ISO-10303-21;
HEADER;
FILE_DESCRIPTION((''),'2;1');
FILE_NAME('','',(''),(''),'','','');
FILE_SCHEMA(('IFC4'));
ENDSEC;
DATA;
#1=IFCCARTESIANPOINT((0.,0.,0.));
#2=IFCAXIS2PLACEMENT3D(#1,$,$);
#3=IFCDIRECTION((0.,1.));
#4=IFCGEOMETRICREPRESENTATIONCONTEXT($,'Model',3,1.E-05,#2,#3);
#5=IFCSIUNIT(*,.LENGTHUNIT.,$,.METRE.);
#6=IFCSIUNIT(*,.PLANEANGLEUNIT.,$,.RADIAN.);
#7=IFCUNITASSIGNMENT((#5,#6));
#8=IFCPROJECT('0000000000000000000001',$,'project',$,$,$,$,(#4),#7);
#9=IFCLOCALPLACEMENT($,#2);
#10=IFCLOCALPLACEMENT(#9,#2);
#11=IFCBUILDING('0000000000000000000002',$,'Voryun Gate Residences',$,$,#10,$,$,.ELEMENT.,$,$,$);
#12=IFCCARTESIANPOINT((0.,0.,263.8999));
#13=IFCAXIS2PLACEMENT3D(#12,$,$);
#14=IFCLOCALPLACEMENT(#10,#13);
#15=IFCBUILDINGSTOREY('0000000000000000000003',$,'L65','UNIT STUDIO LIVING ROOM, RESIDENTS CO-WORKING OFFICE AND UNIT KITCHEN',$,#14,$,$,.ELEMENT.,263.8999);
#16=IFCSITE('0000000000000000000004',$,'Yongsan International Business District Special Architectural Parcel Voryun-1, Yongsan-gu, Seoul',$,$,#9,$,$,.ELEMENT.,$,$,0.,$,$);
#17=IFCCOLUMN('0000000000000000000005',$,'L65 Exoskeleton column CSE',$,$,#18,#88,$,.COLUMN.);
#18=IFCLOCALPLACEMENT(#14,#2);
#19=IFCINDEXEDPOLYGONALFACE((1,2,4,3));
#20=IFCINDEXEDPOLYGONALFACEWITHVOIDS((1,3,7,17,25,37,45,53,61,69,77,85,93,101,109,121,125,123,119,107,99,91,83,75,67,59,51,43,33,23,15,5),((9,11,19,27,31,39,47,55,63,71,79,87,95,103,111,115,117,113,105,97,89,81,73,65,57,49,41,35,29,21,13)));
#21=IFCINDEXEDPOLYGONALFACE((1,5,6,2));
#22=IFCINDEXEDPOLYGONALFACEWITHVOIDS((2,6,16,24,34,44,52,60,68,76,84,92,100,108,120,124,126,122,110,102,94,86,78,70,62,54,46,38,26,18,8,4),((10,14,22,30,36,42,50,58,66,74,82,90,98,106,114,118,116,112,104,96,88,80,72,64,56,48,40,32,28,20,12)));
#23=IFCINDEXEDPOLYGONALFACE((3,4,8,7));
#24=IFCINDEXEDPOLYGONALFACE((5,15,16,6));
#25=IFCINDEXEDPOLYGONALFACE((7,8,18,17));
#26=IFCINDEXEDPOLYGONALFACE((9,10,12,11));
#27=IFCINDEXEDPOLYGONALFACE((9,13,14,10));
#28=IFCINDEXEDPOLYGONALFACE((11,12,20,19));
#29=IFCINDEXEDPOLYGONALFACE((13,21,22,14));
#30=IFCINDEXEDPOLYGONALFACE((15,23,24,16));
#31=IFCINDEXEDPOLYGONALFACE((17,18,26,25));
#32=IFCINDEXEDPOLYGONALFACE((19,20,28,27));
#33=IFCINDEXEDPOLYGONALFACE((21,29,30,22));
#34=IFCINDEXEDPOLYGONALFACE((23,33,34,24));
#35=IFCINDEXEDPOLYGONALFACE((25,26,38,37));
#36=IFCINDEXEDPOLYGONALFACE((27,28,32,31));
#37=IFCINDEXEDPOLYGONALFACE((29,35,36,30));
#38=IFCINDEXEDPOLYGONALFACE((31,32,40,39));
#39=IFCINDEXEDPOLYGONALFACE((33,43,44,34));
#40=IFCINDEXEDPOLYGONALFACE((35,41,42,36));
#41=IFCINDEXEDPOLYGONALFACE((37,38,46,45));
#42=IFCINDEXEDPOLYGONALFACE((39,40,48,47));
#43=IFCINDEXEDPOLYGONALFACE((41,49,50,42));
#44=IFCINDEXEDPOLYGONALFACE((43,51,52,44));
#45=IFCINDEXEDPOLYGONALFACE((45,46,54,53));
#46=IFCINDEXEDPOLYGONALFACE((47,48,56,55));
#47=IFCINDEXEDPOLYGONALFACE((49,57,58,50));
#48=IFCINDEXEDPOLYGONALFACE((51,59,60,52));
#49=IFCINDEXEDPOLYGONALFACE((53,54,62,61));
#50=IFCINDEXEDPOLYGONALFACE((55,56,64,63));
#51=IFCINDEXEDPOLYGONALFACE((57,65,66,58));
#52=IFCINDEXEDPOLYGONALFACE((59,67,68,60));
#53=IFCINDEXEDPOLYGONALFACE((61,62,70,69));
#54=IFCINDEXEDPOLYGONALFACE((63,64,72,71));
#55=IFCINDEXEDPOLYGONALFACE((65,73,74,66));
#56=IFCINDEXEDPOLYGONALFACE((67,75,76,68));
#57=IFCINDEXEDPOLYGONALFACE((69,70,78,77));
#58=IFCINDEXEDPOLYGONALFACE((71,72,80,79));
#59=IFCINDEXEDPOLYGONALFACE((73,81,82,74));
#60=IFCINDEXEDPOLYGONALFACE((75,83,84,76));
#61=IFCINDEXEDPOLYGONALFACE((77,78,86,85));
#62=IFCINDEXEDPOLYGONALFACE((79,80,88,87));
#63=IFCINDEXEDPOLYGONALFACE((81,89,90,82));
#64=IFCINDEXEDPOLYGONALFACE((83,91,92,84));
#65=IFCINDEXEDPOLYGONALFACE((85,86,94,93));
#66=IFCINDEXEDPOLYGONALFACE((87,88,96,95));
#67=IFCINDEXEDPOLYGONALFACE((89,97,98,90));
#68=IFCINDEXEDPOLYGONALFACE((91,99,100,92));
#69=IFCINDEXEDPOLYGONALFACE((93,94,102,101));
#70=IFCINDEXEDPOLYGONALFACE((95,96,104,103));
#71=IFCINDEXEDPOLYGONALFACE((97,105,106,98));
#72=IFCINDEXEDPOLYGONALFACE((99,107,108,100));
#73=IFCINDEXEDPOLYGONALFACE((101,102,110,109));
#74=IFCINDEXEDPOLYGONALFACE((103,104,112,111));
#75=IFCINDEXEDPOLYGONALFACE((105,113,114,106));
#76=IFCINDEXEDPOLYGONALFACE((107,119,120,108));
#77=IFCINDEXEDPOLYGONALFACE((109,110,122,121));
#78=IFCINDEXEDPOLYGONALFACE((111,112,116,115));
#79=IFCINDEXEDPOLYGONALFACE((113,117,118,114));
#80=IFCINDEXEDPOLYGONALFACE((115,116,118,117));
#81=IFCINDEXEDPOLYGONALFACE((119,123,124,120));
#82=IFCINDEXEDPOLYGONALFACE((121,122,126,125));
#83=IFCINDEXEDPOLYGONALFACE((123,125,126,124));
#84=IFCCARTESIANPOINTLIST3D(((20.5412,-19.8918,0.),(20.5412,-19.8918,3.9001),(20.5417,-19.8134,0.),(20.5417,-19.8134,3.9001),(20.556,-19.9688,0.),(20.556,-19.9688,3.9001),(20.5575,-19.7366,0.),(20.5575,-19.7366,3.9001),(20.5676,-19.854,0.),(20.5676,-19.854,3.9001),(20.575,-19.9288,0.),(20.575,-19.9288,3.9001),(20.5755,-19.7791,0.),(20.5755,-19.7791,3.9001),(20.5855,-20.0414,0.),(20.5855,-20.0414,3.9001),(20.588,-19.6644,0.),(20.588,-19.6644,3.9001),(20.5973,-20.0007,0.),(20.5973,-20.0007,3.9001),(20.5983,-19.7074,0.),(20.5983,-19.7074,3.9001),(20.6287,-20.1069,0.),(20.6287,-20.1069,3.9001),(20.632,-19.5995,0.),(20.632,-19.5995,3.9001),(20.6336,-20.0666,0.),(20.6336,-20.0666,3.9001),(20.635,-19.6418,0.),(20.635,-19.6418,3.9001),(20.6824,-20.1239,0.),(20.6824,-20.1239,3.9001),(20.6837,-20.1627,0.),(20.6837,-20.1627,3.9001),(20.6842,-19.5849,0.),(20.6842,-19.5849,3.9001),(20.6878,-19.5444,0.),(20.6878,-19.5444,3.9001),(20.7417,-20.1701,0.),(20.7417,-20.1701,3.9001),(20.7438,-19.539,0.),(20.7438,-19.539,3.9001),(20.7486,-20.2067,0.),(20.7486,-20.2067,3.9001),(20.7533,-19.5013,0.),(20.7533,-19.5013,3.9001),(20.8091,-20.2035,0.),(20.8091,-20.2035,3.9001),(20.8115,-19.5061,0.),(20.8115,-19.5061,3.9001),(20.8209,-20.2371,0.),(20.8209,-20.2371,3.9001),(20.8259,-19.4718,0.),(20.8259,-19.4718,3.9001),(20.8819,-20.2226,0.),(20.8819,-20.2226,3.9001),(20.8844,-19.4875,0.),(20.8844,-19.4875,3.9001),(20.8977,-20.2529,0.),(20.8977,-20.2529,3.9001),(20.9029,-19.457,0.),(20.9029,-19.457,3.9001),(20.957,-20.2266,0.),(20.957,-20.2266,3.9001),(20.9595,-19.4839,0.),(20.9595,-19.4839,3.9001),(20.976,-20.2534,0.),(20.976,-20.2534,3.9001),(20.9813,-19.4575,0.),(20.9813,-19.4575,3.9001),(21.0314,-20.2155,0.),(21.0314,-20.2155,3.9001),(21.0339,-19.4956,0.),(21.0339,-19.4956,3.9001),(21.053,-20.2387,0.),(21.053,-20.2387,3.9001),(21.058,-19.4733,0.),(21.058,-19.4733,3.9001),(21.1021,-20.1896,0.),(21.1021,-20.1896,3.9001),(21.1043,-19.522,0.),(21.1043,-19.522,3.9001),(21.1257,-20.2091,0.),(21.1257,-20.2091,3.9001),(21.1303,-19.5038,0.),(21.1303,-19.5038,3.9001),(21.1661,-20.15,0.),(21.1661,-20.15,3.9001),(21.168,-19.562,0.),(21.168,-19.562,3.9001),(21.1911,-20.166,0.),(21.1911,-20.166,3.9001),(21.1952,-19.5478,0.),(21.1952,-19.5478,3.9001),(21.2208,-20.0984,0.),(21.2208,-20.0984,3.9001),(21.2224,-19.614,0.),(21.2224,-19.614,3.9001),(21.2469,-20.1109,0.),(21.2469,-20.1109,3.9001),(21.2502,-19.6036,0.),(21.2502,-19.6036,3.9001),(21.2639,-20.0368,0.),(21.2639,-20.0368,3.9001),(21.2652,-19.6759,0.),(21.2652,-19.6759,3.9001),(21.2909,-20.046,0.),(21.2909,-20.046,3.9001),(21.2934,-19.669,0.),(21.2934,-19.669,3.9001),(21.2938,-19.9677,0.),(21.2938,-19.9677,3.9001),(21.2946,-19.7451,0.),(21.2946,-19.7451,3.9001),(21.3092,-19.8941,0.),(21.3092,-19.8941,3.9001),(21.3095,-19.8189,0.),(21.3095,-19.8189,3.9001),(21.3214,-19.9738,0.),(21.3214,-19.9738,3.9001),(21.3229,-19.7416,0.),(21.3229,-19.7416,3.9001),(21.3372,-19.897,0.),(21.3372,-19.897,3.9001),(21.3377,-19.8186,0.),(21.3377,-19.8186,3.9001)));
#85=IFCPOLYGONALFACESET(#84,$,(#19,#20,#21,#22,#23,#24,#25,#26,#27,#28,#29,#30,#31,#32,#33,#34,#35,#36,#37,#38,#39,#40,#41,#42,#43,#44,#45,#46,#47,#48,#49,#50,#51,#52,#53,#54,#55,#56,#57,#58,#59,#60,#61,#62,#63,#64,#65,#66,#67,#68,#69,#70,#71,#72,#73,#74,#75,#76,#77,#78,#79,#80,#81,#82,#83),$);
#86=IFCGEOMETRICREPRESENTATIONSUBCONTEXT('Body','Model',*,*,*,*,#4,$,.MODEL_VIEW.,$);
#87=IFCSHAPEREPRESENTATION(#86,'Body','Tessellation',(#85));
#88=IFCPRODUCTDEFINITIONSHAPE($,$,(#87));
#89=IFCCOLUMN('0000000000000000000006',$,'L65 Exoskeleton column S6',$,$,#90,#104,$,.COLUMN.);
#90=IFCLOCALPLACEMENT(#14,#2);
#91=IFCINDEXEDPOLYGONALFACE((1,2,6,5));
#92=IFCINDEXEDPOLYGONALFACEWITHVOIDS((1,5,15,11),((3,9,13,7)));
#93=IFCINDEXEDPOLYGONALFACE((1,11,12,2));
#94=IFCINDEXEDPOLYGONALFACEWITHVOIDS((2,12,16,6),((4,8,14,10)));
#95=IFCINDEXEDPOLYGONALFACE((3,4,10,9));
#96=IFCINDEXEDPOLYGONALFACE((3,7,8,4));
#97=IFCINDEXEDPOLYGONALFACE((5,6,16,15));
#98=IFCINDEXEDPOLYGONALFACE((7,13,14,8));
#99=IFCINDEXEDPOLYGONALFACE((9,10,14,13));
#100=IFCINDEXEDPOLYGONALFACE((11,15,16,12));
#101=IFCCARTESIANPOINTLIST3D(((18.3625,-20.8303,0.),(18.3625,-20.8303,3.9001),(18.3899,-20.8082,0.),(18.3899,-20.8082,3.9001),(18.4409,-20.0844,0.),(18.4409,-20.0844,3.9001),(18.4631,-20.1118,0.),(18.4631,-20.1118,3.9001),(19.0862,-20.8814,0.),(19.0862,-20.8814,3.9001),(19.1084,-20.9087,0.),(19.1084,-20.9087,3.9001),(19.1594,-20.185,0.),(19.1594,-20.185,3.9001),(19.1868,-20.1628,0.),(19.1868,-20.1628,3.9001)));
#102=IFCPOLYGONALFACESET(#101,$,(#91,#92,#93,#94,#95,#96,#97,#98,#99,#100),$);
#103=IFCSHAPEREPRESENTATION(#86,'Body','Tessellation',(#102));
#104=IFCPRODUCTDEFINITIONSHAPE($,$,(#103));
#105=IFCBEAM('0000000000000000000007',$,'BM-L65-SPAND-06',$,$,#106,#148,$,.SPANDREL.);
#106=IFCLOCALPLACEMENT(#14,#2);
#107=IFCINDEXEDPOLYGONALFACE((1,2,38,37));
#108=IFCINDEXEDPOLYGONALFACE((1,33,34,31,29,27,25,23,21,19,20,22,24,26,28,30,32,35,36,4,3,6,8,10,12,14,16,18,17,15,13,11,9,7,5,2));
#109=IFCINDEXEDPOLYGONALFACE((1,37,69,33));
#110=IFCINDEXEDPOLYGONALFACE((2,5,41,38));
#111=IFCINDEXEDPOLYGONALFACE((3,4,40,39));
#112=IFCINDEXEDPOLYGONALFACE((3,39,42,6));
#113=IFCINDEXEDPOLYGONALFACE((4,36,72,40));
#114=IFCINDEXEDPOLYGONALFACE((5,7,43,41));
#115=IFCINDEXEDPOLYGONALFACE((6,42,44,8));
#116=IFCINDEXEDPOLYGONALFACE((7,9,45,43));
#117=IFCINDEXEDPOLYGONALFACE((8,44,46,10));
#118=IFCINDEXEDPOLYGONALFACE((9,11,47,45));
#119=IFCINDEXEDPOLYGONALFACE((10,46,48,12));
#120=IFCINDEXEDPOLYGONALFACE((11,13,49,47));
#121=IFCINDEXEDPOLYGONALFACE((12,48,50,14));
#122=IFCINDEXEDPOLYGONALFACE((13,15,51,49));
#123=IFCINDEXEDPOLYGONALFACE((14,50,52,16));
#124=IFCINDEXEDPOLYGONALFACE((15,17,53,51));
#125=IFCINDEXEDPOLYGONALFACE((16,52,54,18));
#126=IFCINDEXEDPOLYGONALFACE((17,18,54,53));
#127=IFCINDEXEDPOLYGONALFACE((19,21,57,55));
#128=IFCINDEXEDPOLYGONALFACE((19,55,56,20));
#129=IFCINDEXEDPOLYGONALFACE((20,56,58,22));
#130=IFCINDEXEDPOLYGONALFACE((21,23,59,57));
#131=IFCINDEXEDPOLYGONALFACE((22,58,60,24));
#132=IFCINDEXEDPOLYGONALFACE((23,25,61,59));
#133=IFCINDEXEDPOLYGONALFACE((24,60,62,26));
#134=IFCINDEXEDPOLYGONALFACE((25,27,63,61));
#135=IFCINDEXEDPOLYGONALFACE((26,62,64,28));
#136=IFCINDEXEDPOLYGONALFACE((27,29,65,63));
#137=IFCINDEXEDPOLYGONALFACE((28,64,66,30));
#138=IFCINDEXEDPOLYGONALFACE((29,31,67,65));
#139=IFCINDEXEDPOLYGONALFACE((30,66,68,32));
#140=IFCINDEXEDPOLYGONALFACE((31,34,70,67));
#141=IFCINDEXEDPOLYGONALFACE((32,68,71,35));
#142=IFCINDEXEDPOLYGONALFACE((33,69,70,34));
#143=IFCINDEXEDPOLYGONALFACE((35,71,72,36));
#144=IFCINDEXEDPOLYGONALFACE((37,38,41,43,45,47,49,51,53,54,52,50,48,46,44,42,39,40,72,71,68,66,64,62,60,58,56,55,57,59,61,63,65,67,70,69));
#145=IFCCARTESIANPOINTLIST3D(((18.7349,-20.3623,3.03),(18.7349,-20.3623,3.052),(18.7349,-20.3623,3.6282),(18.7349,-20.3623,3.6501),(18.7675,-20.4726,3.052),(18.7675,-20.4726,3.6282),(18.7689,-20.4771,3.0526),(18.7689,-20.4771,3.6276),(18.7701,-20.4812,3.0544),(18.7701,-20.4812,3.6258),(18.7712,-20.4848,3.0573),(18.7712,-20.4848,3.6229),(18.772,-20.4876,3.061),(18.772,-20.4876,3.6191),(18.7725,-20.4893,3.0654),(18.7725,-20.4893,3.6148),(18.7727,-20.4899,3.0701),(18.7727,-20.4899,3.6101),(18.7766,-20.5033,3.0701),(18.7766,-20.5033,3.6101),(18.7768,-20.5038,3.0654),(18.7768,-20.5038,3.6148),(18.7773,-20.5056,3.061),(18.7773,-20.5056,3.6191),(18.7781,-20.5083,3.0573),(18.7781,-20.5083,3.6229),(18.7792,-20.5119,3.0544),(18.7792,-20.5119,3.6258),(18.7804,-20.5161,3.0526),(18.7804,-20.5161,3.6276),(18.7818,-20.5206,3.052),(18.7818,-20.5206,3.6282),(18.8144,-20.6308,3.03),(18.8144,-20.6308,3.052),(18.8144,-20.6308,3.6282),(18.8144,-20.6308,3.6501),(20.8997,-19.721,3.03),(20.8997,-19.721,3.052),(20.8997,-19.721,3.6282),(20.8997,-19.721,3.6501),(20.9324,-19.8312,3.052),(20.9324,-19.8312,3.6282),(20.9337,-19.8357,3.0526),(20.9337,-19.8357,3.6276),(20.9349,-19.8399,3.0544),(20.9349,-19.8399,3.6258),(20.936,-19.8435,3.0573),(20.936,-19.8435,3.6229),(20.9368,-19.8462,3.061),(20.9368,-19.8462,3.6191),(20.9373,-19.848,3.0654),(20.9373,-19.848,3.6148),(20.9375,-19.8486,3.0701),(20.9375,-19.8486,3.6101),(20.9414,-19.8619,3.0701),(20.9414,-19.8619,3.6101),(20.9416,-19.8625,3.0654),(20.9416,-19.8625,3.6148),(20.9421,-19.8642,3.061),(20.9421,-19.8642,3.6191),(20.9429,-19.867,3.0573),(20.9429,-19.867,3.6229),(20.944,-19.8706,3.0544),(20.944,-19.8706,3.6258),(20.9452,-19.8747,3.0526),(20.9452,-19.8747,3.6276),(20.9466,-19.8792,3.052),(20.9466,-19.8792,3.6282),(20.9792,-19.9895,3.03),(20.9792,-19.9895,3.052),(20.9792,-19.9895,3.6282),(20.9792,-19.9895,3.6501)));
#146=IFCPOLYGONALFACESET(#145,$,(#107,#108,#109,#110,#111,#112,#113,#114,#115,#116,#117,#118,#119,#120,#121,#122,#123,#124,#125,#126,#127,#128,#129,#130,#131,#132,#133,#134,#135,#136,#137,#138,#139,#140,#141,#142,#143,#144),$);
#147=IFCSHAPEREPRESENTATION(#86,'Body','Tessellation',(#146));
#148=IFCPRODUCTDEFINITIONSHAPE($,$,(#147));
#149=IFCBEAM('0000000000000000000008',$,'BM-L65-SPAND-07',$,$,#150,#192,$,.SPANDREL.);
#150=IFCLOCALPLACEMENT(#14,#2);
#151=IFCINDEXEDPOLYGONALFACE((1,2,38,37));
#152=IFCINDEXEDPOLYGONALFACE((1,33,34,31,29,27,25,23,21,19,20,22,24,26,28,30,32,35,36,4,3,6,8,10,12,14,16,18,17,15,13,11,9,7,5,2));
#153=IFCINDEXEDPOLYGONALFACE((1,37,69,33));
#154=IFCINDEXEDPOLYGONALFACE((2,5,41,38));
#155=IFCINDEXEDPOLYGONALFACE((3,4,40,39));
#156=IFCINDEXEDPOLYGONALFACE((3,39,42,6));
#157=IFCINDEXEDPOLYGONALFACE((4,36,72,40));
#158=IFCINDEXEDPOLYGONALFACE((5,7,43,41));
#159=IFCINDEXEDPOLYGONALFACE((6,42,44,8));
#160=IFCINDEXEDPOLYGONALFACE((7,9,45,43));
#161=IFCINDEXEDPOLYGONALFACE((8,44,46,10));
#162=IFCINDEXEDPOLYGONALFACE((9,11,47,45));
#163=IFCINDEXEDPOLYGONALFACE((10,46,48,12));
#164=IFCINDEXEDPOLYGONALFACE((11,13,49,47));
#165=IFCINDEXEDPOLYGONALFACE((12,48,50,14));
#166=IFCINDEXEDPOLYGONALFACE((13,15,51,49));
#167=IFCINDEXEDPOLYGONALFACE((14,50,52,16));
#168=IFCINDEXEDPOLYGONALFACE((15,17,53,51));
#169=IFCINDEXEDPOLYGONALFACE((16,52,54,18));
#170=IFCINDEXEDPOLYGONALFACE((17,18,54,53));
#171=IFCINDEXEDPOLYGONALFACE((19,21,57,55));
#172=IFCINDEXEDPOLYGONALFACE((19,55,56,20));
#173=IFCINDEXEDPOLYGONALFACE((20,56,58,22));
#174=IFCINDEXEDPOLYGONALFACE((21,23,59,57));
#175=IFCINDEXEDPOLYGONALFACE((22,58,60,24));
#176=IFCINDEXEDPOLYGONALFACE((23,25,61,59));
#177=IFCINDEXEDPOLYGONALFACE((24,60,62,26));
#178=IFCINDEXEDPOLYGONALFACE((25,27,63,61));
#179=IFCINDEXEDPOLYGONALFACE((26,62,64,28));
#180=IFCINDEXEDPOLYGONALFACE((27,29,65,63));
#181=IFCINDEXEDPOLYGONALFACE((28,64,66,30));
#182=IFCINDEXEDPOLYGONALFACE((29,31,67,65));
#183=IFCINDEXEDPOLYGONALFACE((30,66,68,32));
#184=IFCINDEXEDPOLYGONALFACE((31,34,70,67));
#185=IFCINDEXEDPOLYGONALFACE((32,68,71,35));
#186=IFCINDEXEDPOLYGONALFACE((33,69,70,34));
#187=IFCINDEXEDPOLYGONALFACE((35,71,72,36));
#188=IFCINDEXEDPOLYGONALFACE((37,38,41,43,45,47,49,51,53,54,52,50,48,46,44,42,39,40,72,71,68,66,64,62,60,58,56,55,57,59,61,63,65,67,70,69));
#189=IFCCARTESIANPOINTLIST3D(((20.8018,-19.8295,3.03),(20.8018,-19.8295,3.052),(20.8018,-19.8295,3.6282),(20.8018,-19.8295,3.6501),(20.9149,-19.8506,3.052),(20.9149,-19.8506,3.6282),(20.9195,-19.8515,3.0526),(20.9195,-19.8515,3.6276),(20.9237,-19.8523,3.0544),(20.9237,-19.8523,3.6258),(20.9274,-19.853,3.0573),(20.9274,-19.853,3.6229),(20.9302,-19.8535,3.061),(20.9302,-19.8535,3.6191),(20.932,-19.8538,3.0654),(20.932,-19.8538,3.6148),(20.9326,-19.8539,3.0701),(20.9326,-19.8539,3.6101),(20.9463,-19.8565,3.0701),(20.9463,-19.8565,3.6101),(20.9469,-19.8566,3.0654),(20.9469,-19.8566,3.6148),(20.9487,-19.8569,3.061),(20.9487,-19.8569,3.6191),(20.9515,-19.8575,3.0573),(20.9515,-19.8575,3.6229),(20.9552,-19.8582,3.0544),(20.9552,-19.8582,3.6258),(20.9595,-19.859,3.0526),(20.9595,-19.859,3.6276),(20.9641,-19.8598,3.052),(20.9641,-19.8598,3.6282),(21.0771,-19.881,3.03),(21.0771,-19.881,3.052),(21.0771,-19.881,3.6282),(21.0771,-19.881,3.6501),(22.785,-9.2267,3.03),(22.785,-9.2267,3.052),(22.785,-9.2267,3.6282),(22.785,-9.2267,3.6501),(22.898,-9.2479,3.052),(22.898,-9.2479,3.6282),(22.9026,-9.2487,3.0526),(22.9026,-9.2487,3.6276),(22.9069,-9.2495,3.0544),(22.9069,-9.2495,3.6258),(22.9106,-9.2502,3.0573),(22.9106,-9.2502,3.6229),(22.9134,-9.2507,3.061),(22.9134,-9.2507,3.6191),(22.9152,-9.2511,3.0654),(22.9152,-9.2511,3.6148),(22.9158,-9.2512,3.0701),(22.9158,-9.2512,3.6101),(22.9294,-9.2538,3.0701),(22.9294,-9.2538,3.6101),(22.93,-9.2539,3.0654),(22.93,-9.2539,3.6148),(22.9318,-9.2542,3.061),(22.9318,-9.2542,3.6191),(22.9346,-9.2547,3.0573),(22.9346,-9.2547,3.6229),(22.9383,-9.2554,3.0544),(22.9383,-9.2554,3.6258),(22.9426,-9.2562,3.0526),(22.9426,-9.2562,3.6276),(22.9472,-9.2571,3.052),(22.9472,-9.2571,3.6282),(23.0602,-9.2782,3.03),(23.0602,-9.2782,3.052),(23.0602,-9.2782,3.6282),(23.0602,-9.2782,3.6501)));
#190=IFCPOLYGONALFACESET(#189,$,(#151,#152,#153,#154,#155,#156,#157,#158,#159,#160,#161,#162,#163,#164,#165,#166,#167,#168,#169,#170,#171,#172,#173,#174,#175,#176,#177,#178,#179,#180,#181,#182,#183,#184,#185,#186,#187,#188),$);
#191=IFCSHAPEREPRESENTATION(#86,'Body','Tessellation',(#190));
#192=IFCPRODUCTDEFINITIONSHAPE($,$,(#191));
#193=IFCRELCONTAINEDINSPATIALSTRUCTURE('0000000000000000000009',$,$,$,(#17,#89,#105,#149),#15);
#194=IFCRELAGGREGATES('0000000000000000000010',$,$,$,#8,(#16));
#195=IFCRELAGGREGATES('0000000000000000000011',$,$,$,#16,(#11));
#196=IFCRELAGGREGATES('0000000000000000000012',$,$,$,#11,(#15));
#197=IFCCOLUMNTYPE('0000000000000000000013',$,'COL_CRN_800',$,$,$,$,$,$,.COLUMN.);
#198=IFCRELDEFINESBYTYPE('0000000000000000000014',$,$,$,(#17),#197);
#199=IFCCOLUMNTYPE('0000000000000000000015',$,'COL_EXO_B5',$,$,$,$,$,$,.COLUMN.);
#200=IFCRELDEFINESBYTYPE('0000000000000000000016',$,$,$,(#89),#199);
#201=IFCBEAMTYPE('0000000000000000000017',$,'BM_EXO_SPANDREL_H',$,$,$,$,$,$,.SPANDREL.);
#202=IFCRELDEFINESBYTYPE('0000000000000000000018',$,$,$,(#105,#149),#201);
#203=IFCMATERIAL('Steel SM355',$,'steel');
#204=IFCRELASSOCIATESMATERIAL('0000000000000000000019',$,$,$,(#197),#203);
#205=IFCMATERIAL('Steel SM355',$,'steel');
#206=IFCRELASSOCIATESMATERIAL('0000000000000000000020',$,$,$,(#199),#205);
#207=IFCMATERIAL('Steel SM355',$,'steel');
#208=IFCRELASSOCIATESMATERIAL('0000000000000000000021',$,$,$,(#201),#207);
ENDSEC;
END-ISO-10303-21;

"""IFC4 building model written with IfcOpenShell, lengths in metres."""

from ifc_helpers import new_model, si_unit, direction, frame, origin, origin_2d, place, context, subcontext, project, spatial, hollow_rectangle, hollow_circle, i_section, extrude, material, material_profile, profile_set, type_object, element, save


model = new_model("IFC4")

# Units and contexts
model_context = context("Model", 3, precision=1e-05, world=origin(), true_north=direction((0.0, 1.0)))
body_context = subcontext(model_context, "Body", "Model", "MODEL_VIEW")
ifc_project = project(units=[si_unit("LENGTHUNIT", "METRE"), si_unit("PLANEANGLEUNIT", "RADIAN")], contexts=[model_context])

# Site, building, storey
site_placement = place(None, origin())
site = spatial("IfcSite", under=ifc_project, at=site_placement, Name="Yongsan International Business District Special Architectural Parcel Voryun-1, Yongsan-gu, Seoul", CompositionType="ELEMENT", RefElevation=0.0)
building_placement = place(site_placement, origin())
building = spatial("IfcBuilding", under=site, at=building_placement, Name="Voryun Gate Residences", CompositionType="ELEMENT")
storey_placement = place(building_placement, frame((0.0, 0.0, 263.8999)))
storey = spatial("IfcBuildingStorey", under=building, at=storey_placement, Name="L65", Description="UNIT STUDIO LIVING ROOM, RESIDENTS CO-WORKING OFFICE AND UNIT KITCHEN", CompositionType="ELEMENT", Elevation=263.8999)

# Columns
ifc_material_1 = material(Name="Steel SM355", Category="steel")
ifc_material_profile_1 = material_profile(ifc_material_1, hollow_circle(Radius=0.3999, WallThickness=0.0281, at=origin_2d()), Name="CHS-800x28")
ifc_profile_set_1 = profile_set([ifc_material_profile_1], Name="Steel SM355")
column_type_1 = type_object("IfcColumnType", Name="COL_CRN_800", PredefinedType="COLUMN", material=ifc_profile_set_1)
column_1_placement = place(storey_placement, frame((20.9395, -19.8552, 0.0), z_axis=(0.0, 0.0, 1.0), x_axis=(0.994522, -0.104528, 0.0)))
element("IfcColumn", 1, at=column_1_placement, inside=storey, type_object=column_type_1, Name="L65 Exoskeleton column CSE", PredefinedType="COLUMN", context=body_context, shape_type="SweptSolid", body=[
    extrude(hollow_circle(Radius=0.3999, WallThickness=0.0281, at=origin_2d()), origin(), (0.0, 0.0, 1.0), 3.9001),
])
ifc_material_2 = material(Name="Steel SM355", Category="steel")
ifc_material_profile_2 = material_profile(ifc_material_2, hollow_rectangle(XDim=0.75, YDim=0.75, WallThickness=0.0249, at=origin_2d()), Name="BOX-750x750x25")
ifc_profile_set_2 = profile_set([ifc_material_profile_2], Name="Steel SM355")
column_type_2 = type_object("IfcColumnType", Name="COL_EXO_B5", PredefinedType="COLUMN", material=ifc_profile_set_2)
column_2_placement = place(storey_placement, frame((18.7747, -20.4966, 0.0), z_axis=(0.0, 0.0, 1.0), x_axis=(0.994522, -0.104528, 0.0)))
element("IfcColumn", 2, at=column_2_placement, inside=storey, type_object=column_type_2, Name="L65 Exoskeleton column S6", PredefinedType="COLUMN", context=body_context, shape_type="SweptSolid", body=[
    extrude(hollow_rectangle(XDim=0.75, YDim=0.75, WallThickness=0.0249, at=origin_2d()), origin(), (0.0, 0.0, 1.0), 3.9001),
])

# Beams
ifc_material_3 = material(Name="Steel SM355", Category="steel")
ifc_material_profile_3 = material_profile(ifc_material_3, i_section(OverallWidth=0.28, OverallDepth=0.6201, WebThickness=0.0139, FlangeThickness=0.022, FilletRadius=0.0181, at=origin_2d()), Name="H-620x280x14x22")
ifc_profile_set_3 = profile_set([ifc_material_profile_3], Name="Steel SM355")
beam_type = type_object("IfcBeamType", Name="BM_EXO_SPANDREL_H", PredefinedType="SPANDREL", material=ifc_profile_set_3)
beam_1_placement = place(storey_placement, frame((18.7747, -20.4966, 3.3401), z_axis=(0.958806, 0.284063, 0.0), x_axis=(-0.284063, 0.958806, 0.0)))
element("IfcBeam", 3, at=beam_1_placement, inside=storey, type_object=beam_type, Name="BM-L65-SPAND-06", PredefinedType="SPANDREL", context=body_context, shape_type="SweptSolid", body=[
    extrude(i_section(OverallWidth=0.28, OverallDepth=0.6201, WebThickness=0.0139, FlangeThickness=0.022, FilletRadius=0.0181, at=origin_2d()), origin(), (0.0, 0.0, 1.0), 2.2578),
])
beam_2_placement = place(storey_placement, frame((20.9395, -19.8552, 3.3401), z_axis=(0.183853, 0.982954, 0.0), x_axis=(-0.982954, 0.183853, 0.0)))
element("IfcBeam", 4, at=beam_2_placement, inside=storey, type_object=beam_type, Name="BM-L65-SPAND-07", PredefinedType="SPANDREL", context=body_context, shape_type="SweptSolid", body=[
    extrude(i_section(OverallWidth=0.28, OverallDepth=0.6201, WebThickness=0.0139, FlangeThickness=0.022, FilletRadius=0.0181, at=origin_2d()), origin(), (0.0, 0.0, 1.0), 10.7866),
])

save(model, "model.ifc")
